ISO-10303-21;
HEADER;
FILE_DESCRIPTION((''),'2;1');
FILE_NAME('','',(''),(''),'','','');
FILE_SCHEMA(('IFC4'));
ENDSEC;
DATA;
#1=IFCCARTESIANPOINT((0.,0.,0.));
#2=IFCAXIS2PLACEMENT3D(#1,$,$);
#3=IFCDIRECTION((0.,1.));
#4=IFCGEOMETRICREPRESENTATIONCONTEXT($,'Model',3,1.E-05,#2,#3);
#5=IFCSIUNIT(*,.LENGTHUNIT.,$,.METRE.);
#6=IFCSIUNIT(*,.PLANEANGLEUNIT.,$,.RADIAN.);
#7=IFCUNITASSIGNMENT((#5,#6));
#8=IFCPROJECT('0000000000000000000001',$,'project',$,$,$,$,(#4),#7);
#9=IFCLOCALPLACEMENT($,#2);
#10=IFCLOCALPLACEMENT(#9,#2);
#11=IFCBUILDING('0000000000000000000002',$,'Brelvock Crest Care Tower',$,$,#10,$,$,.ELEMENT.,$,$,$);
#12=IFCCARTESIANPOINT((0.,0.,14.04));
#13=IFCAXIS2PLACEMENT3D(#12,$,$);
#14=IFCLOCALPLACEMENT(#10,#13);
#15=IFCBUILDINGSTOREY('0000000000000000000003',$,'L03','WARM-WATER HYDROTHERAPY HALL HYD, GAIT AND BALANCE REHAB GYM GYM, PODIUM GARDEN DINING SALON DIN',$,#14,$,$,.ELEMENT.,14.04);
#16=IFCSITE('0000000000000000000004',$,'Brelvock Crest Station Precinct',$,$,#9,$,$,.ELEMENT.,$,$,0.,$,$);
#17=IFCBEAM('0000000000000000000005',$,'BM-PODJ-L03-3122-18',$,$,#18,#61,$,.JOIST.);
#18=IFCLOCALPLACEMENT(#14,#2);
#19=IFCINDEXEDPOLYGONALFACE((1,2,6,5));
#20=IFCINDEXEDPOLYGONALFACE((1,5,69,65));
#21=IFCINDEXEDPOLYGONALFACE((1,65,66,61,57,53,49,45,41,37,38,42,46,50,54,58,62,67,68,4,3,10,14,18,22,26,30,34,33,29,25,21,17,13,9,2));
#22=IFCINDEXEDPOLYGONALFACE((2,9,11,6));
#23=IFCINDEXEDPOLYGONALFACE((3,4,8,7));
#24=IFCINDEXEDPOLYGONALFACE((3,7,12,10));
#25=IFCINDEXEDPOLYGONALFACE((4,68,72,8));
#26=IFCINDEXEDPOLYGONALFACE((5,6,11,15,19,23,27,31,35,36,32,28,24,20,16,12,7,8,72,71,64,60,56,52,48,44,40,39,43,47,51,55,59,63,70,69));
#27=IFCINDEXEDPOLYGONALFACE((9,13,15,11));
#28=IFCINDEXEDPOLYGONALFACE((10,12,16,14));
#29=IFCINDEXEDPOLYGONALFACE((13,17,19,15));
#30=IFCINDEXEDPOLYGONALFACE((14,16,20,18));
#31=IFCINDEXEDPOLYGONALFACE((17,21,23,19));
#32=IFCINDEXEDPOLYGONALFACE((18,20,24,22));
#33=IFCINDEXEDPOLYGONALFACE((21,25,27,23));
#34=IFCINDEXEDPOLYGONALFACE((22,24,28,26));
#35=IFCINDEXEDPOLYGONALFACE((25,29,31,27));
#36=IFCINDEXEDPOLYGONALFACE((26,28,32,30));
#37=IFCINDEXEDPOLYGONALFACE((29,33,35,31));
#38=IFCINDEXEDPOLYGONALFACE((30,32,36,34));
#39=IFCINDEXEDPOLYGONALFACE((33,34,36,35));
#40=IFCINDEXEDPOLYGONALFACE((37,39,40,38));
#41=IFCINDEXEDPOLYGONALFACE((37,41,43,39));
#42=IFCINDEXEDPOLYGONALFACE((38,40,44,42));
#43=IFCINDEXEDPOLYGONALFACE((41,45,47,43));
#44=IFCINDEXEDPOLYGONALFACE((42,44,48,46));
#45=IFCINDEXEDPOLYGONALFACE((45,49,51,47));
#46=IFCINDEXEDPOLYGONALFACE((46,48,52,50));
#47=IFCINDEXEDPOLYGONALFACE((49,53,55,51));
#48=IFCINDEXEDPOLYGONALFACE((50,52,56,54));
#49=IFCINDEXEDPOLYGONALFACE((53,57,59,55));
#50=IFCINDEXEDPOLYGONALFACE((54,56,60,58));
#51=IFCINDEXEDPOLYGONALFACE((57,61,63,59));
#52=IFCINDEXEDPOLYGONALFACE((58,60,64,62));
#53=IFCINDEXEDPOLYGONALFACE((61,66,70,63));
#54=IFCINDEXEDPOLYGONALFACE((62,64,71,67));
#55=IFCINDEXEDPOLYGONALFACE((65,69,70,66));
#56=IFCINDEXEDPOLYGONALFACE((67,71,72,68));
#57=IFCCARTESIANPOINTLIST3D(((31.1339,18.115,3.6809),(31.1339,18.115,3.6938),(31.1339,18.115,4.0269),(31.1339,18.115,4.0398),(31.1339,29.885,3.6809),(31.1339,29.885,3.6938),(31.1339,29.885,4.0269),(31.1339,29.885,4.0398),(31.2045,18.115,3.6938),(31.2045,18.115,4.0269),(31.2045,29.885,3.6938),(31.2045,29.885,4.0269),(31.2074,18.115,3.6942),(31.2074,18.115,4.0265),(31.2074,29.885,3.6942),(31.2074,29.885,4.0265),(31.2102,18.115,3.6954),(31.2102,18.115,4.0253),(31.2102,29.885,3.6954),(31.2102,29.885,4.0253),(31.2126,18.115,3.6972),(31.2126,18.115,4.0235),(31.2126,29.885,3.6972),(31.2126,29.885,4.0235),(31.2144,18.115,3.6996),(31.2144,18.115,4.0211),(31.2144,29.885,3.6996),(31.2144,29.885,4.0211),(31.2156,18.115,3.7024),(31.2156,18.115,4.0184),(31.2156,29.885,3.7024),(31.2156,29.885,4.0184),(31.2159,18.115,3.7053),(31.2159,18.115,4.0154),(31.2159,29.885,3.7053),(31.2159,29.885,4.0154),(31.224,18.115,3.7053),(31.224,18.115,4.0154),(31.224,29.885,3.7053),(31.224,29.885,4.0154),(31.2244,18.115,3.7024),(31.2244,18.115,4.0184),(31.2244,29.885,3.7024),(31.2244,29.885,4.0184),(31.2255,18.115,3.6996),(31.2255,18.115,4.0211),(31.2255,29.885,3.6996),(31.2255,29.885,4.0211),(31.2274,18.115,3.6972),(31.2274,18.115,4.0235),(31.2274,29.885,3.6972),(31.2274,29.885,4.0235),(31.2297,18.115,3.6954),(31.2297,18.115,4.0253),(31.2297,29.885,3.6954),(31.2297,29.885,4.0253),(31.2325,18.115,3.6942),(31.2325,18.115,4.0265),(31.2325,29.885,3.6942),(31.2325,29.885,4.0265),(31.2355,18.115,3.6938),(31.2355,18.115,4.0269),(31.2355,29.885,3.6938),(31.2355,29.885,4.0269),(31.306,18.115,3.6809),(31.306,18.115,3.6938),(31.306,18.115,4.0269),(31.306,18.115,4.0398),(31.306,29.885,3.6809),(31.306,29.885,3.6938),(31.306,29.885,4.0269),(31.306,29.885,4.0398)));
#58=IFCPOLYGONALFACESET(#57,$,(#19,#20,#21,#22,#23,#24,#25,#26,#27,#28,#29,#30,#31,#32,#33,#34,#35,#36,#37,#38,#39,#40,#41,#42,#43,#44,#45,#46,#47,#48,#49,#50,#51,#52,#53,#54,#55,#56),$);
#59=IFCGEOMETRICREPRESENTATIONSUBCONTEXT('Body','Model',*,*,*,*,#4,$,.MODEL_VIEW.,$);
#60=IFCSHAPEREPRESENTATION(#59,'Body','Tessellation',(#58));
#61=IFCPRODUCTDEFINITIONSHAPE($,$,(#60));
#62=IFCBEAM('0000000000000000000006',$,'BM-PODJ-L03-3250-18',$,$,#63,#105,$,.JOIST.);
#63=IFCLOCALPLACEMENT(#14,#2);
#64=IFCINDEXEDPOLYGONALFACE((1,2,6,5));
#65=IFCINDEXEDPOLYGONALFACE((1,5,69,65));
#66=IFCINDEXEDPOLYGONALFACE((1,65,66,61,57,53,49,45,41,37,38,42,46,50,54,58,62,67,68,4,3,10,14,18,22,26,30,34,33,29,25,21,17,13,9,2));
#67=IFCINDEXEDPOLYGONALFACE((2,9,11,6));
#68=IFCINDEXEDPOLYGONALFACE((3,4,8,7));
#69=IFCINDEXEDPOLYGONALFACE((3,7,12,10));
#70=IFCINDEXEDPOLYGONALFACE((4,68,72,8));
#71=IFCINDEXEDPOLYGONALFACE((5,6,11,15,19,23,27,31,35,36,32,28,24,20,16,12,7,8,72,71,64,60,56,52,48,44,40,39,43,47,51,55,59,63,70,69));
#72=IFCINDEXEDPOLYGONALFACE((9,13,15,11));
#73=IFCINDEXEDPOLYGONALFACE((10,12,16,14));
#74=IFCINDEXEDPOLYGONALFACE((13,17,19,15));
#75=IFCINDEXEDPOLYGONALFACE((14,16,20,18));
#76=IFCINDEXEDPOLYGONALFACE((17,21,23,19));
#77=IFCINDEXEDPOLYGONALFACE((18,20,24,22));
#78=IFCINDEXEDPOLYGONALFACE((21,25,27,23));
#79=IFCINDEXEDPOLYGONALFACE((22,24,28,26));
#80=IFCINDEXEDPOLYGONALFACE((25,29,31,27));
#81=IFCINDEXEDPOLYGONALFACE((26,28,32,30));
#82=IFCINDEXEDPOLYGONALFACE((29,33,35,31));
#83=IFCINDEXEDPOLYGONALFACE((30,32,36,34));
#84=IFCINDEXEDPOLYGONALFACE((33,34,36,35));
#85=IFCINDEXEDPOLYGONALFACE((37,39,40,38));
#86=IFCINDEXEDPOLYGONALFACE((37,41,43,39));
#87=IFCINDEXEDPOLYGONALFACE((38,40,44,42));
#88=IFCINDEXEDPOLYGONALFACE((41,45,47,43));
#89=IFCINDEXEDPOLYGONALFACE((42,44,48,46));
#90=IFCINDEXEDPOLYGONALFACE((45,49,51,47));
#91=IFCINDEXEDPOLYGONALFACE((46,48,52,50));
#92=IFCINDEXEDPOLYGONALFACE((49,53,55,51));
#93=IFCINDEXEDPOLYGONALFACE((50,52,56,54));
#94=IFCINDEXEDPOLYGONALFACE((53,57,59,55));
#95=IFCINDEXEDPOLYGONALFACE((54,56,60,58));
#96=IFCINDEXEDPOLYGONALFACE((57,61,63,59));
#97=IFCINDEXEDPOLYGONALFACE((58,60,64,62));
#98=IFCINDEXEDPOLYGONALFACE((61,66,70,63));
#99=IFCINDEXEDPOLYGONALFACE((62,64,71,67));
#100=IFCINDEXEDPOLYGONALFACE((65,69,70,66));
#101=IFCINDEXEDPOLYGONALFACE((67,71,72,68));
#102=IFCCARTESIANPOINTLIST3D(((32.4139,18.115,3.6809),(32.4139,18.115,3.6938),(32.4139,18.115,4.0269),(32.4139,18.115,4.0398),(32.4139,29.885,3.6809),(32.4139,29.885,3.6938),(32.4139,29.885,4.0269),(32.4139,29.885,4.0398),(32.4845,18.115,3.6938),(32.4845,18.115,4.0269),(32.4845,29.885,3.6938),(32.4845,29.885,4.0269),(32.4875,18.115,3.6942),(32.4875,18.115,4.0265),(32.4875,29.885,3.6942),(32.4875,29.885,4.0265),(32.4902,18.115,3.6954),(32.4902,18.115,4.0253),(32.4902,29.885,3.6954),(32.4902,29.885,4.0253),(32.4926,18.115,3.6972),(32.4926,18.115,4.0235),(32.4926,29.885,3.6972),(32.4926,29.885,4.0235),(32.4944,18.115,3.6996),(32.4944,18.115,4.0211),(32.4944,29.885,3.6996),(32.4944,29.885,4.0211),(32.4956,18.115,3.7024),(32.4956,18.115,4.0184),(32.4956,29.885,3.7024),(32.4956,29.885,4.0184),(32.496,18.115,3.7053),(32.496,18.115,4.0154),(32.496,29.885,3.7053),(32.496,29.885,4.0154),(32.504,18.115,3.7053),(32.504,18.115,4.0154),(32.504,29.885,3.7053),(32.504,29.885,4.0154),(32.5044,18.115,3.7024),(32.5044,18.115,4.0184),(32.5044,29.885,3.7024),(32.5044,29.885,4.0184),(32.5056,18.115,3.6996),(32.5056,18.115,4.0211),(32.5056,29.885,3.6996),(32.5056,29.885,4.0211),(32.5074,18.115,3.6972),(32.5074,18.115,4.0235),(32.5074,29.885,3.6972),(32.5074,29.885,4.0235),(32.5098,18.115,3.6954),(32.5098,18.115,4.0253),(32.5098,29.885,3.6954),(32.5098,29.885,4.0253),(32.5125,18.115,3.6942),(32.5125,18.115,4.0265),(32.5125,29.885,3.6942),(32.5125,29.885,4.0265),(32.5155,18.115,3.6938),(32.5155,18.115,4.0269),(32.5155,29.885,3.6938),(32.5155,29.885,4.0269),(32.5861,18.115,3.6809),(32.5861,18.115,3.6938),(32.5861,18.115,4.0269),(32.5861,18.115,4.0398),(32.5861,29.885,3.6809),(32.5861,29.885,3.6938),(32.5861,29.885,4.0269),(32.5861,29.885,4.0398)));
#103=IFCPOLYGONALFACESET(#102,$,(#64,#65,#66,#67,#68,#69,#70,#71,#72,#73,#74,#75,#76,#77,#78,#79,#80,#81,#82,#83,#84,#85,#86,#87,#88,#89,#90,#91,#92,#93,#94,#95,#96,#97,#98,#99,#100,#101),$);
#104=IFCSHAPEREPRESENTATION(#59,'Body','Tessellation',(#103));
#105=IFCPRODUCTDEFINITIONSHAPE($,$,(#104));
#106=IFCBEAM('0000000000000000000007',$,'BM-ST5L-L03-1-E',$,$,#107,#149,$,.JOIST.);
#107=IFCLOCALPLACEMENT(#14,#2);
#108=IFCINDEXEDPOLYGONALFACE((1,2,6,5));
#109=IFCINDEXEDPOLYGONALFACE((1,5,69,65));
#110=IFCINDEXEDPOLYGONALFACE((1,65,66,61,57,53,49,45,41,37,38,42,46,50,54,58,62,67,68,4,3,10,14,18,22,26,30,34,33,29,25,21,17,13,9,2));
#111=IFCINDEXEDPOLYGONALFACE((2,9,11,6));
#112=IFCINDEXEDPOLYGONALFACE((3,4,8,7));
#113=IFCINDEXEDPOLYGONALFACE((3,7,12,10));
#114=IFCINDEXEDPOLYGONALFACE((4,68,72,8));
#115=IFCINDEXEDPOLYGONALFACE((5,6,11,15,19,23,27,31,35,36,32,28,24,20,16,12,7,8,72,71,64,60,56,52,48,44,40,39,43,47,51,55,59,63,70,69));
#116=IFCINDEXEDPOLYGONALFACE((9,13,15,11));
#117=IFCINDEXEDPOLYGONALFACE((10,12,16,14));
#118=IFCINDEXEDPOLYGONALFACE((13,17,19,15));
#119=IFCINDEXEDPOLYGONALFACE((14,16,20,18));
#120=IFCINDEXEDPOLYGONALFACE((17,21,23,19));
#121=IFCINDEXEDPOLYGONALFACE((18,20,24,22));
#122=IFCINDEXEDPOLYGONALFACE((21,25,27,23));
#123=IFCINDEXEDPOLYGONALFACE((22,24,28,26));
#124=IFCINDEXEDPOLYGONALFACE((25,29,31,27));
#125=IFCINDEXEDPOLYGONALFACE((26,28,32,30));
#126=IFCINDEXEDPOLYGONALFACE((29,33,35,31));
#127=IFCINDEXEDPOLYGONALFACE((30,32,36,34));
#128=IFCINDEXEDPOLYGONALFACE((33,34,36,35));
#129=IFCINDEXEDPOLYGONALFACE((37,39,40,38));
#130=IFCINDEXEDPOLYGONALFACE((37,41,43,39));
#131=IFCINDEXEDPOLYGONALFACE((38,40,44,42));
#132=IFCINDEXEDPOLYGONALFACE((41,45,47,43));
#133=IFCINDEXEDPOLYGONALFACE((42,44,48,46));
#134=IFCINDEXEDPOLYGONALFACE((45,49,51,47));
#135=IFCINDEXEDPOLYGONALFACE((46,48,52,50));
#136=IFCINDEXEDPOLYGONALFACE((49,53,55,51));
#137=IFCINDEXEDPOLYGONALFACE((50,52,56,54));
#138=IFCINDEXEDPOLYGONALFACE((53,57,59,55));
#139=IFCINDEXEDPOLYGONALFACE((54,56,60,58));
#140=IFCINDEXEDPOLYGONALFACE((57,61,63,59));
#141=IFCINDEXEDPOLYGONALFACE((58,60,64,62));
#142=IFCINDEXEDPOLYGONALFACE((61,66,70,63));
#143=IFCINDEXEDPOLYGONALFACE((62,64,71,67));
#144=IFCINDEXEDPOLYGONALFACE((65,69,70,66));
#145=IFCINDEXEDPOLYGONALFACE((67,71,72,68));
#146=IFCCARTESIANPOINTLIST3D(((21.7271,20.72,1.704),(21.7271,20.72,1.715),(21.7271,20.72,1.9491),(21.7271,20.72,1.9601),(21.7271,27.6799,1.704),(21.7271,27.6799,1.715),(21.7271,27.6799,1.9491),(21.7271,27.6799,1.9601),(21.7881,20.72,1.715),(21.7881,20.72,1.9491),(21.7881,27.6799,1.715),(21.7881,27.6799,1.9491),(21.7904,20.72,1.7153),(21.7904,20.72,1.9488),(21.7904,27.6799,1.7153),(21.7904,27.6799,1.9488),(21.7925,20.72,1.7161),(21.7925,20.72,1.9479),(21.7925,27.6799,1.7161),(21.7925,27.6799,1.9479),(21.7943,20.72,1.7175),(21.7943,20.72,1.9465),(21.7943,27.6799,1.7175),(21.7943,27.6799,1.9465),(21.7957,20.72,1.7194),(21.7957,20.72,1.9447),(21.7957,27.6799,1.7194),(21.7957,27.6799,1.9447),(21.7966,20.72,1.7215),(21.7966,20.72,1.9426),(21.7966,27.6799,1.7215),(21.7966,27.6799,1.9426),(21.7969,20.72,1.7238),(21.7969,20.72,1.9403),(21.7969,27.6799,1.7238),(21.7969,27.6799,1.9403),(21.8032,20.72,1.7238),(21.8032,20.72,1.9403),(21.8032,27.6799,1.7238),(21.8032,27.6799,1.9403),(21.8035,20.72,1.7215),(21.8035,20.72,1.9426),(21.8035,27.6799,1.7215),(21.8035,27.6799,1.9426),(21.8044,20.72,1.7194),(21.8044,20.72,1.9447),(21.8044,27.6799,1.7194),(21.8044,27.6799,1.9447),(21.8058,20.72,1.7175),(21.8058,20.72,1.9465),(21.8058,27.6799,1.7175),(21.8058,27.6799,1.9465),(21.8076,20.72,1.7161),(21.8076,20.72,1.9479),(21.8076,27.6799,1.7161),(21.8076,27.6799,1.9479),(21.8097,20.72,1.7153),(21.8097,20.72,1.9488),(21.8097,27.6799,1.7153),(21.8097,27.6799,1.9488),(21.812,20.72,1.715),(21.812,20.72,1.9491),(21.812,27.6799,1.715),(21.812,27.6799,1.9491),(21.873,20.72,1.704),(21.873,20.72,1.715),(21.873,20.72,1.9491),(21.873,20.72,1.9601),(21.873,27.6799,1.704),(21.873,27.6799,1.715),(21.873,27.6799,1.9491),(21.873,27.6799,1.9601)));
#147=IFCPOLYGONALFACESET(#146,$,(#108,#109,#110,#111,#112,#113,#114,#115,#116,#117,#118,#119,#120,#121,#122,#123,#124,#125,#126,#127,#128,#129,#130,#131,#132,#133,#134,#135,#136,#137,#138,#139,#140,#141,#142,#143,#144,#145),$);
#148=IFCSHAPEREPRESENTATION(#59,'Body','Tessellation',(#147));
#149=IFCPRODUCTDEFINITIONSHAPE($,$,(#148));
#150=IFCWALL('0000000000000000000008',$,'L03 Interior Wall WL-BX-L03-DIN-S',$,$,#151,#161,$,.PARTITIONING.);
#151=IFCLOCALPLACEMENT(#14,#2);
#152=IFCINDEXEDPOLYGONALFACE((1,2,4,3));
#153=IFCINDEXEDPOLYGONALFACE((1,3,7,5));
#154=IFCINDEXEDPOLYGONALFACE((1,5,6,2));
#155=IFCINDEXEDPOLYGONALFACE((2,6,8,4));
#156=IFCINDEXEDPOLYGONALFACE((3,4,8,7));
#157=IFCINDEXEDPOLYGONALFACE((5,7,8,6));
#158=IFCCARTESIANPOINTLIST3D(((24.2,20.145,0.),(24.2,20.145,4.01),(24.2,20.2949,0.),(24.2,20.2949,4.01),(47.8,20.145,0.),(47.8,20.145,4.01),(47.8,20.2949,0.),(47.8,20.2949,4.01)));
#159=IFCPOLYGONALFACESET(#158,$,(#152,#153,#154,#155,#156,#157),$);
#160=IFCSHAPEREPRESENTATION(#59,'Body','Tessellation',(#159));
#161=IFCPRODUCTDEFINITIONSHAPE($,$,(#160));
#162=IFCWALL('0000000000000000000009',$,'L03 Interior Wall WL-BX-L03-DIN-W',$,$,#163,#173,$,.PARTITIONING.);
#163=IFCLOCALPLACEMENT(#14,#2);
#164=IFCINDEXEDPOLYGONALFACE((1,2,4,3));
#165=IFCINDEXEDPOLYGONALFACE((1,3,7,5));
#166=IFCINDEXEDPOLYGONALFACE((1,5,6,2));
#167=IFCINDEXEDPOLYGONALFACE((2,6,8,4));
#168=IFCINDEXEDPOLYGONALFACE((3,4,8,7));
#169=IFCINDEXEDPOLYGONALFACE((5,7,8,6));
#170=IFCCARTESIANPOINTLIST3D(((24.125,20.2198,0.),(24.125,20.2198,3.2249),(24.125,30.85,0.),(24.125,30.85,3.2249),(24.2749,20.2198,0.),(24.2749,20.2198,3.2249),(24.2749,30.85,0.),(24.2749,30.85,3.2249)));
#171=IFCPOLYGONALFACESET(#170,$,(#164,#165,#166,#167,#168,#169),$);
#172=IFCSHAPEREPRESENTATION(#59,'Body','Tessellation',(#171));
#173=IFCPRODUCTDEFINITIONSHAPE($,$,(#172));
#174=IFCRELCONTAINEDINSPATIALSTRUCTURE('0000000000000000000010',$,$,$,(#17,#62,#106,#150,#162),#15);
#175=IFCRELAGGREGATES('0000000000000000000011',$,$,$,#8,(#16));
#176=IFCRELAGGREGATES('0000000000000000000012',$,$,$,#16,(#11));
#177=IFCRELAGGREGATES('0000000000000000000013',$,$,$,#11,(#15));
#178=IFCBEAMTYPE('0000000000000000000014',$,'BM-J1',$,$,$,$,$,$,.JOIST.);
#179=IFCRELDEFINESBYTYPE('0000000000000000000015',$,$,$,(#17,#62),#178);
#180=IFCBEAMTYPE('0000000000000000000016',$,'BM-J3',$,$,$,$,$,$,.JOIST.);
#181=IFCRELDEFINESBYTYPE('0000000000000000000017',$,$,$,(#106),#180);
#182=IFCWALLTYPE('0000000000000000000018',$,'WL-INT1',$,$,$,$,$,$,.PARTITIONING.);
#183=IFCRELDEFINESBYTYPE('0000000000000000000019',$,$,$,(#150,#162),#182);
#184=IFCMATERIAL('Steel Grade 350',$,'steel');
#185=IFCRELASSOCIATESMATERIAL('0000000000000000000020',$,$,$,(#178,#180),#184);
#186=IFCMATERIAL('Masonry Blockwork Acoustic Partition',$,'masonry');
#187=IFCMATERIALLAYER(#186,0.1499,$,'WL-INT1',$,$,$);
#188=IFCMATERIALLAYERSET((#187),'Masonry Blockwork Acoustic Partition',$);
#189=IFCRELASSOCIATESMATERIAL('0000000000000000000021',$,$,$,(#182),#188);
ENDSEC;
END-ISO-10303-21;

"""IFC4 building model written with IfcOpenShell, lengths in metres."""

from ifc_helpers import new_model, si_unit, direction, frame, frame_2d, origin, origin_2d, place, context, subcontext, project, spatial, rectangle, i_section, extrude, source, transform, mapped, material, layer, layer_set, material_profile, profile_set, type_object, element, save


model = new_model("IFC4")

# Units and contexts
model_context = context("Model", 3, precision=1e-05, world=origin(), true_north=direction((0.0, 1.0)))
body_context = subcontext(model_context, "Body", "Model", "MODEL_VIEW")
ifc_project = project(units=[si_unit("LENGTHUNIT", "METRE"), si_unit("PLANEANGLEUNIT", "RADIAN")], contexts=[model_context])

# Site, building, storey
site_placement = place(None, origin())
site = spatial("IfcSite", under=ifc_project, at=site_placement, Name="Brelvock Crest Station Precinct", CompositionType="ELEMENT", RefElevation=0.0)
building_placement = place(site_placement, origin())
building = spatial("IfcBuilding", under=site, at=building_placement, Name="Brelvock Crest Care Tower", CompositionType="ELEMENT")
storey_placement = place(building_placement, frame((0.0, 0.0, 14.04)))
storey = spatial("IfcBuildingStorey", under=building, at=storey_placement, Name="L03", Description="WARM-WATER HYDROTHERAPY HALL HYD, GAIT AND BALANCE REHAB GYM GYM, PODIUM GARDEN DINING SALON DIN", CompositionType="ELEMENT", Elevation=14.04)

# Shared definitions
ifc_material_1 = material(Name="Steel Grade 350", Category="steel")

# Beams
ifc_material_profile_1 = material_profile(ifc_material_1, i_section(OverallWidth=0.1721, OverallDepth=0.3589, WebThickness=0.0081, FlangeThickness=0.0129, FilletRadius=0.0115, at=origin_2d()), Name="360UB56.7")
ifc_profile_set_1 = profile_set([ifc_material_profile_1], Name="Steel Grade 350")
beam_type_1 = type_object("IfcBeamType", Name="BM-J1", PredefinedType="JOIST", material=ifc_profile_set_1)
shared_shape_1 = source(origin(), body_context, "Body", "SweptSolid", [
    extrude(i_section(OverallWidth=0.1721, OverallDepth=0.3589, WebThickness=0.0081, FlangeThickness=0.0129, FilletRadius=0.0115, at=origin_2d()), origin(), (0.0, 0.0, 1.0), 11.77),
])
for number, where, z_axis, x_axis, name in (
    (1, (31.22, 18.115, 3.8604), (0.0, 1.0, 0.0), (-1.0, 0.0, 0.0), "BM-PODJ-L03-3122-18"),
    (2, (32.5, 18.115, 3.8604), (0.0, 1.0, 0.0), (-1.0, 0.0, 0.0), "BM-PODJ-L03-3250-18"),
):
    element("IfcBeam", number, at=place(storey_placement, frame(where, z_axis=z_axis, x_axis=x_axis)), inside=storey, type_object=beam_type_1, Name=name, PredefinedType="JOIST", context=body_context, shape_type="MappedRepresentation", body=[
        mapped(shared_shape_1, transform((0.0, 0.0, 0.0), x_axis=(1.0, 0.0, 0.0), y_axis=(0.0, 1.0, 0.0), z_axis=(0.0, 0.0, 1.0), scale=1.0)),
    ])
ifc_material_profile_2 = material_profile(ifc_material_1, i_section(OverallWidth=0.146, OverallDepth=0.2561, WebThickness=0.0063, FlangeThickness=0.011, FilletRadius=0.0088, at=origin_2d()), Name="250UB37.3")
ifc_profile_set_2 = profile_set([ifc_material_profile_2], Name="Steel Grade 350")
beam_type_2 = type_object("IfcBeamType", Name="BM-J3", PredefinedType="JOIST", material=ifc_profile_set_2)
shared_shape_2 = source(origin(), body_context, "Body", "SweptSolid", [
    extrude(i_section(OverallWidth=0.146, OverallDepth=0.2561, WebThickness=0.0063, FlangeThickness=0.011, FilletRadius=0.0088, at=origin_2d()), origin(), (0.0, 0.0, 1.0), 6.96),
])
beam_1_placement = place(storey_placement, frame((21.8, 20.72, 1.832), z_axis=(0.0, 1.0, 0.0), x_axis=(-1.0, 0.0, 0.0)))
element("IfcBeam", 3, at=beam_1_placement, inside=storey, type_object=beam_type_2, Name="BM-ST5L-L03-1-E", PredefinedType="JOIST", context=body_context, shape_type="MappedRepresentation", body=[
    mapped(shared_shape_2, transform((0.0, 0.0, 0.0), x_axis=(1.0, 0.0, 0.0), y_axis=(0.0, 1.0, 0.0), z_axis=(0.0, 0.0, 1.0), scale=1.0)),
])

# Walls
ifc_material_2 = material(Name="Masonry Blockwork Acoustic Partition", Category="masonry")
ifc_layer_1 = layer(ifc_material_2, 0.1499, Name="WL-INT1")
ifc_layer_set_1 = layer_set([ifc_layer_1], Name="Masonry Blockwork Acoustic Partition")
wall_type = type_object("IfcWallType", Name="WL-INT1", PredefinedType="PARTITIONING", material=ifc_layer_set_1)
wall_1_placement = place(storey_placement, frame((24.2, 20.22, 0.0), z_axis=(0.0, 0.0, 1.0), x_axis=(1.0, 0.0, 0.0)))
element("IfcWall", 4, at=wall_1_placement, inside=storey, type_object=wall_type, Name="L03 Interior Wall WL-BX-L03-DIN-S", PredefinedType="PARTITIONING", context=body_context, shape_type="SweptSolid", body=[
    extrude(rectangle(XDim=23.6001, YDim=0.1499, at=frame_2d((11.8, 0.0))), origin(), (0.0, 0.0, 1.0), 4.01),
])
wall_2_placement = place(storey_placement, frame((24.2, 20.22, 0.0), z_axis=(0.0, 0.0, 1.0), x_axis=(0.0, 1.0, 0.0)))
element("IfcWall", 5, at=wall_2_placement, inside=storey, type_object=wall_type, Name="L03 Interior Wall WL-BX-L03-DIN-W", PredefinedType="PARTITIONING", context=body_context, shape_type="SweptSolid", body=[
    extrude(rectangle(XDim=10.6301, YDim=0.1499, at=frame_2d((5.3149, 0.0))), origin(), (0.0, 0.0, 1.0), 3.2249),
])

save(model, "model.ifc")
